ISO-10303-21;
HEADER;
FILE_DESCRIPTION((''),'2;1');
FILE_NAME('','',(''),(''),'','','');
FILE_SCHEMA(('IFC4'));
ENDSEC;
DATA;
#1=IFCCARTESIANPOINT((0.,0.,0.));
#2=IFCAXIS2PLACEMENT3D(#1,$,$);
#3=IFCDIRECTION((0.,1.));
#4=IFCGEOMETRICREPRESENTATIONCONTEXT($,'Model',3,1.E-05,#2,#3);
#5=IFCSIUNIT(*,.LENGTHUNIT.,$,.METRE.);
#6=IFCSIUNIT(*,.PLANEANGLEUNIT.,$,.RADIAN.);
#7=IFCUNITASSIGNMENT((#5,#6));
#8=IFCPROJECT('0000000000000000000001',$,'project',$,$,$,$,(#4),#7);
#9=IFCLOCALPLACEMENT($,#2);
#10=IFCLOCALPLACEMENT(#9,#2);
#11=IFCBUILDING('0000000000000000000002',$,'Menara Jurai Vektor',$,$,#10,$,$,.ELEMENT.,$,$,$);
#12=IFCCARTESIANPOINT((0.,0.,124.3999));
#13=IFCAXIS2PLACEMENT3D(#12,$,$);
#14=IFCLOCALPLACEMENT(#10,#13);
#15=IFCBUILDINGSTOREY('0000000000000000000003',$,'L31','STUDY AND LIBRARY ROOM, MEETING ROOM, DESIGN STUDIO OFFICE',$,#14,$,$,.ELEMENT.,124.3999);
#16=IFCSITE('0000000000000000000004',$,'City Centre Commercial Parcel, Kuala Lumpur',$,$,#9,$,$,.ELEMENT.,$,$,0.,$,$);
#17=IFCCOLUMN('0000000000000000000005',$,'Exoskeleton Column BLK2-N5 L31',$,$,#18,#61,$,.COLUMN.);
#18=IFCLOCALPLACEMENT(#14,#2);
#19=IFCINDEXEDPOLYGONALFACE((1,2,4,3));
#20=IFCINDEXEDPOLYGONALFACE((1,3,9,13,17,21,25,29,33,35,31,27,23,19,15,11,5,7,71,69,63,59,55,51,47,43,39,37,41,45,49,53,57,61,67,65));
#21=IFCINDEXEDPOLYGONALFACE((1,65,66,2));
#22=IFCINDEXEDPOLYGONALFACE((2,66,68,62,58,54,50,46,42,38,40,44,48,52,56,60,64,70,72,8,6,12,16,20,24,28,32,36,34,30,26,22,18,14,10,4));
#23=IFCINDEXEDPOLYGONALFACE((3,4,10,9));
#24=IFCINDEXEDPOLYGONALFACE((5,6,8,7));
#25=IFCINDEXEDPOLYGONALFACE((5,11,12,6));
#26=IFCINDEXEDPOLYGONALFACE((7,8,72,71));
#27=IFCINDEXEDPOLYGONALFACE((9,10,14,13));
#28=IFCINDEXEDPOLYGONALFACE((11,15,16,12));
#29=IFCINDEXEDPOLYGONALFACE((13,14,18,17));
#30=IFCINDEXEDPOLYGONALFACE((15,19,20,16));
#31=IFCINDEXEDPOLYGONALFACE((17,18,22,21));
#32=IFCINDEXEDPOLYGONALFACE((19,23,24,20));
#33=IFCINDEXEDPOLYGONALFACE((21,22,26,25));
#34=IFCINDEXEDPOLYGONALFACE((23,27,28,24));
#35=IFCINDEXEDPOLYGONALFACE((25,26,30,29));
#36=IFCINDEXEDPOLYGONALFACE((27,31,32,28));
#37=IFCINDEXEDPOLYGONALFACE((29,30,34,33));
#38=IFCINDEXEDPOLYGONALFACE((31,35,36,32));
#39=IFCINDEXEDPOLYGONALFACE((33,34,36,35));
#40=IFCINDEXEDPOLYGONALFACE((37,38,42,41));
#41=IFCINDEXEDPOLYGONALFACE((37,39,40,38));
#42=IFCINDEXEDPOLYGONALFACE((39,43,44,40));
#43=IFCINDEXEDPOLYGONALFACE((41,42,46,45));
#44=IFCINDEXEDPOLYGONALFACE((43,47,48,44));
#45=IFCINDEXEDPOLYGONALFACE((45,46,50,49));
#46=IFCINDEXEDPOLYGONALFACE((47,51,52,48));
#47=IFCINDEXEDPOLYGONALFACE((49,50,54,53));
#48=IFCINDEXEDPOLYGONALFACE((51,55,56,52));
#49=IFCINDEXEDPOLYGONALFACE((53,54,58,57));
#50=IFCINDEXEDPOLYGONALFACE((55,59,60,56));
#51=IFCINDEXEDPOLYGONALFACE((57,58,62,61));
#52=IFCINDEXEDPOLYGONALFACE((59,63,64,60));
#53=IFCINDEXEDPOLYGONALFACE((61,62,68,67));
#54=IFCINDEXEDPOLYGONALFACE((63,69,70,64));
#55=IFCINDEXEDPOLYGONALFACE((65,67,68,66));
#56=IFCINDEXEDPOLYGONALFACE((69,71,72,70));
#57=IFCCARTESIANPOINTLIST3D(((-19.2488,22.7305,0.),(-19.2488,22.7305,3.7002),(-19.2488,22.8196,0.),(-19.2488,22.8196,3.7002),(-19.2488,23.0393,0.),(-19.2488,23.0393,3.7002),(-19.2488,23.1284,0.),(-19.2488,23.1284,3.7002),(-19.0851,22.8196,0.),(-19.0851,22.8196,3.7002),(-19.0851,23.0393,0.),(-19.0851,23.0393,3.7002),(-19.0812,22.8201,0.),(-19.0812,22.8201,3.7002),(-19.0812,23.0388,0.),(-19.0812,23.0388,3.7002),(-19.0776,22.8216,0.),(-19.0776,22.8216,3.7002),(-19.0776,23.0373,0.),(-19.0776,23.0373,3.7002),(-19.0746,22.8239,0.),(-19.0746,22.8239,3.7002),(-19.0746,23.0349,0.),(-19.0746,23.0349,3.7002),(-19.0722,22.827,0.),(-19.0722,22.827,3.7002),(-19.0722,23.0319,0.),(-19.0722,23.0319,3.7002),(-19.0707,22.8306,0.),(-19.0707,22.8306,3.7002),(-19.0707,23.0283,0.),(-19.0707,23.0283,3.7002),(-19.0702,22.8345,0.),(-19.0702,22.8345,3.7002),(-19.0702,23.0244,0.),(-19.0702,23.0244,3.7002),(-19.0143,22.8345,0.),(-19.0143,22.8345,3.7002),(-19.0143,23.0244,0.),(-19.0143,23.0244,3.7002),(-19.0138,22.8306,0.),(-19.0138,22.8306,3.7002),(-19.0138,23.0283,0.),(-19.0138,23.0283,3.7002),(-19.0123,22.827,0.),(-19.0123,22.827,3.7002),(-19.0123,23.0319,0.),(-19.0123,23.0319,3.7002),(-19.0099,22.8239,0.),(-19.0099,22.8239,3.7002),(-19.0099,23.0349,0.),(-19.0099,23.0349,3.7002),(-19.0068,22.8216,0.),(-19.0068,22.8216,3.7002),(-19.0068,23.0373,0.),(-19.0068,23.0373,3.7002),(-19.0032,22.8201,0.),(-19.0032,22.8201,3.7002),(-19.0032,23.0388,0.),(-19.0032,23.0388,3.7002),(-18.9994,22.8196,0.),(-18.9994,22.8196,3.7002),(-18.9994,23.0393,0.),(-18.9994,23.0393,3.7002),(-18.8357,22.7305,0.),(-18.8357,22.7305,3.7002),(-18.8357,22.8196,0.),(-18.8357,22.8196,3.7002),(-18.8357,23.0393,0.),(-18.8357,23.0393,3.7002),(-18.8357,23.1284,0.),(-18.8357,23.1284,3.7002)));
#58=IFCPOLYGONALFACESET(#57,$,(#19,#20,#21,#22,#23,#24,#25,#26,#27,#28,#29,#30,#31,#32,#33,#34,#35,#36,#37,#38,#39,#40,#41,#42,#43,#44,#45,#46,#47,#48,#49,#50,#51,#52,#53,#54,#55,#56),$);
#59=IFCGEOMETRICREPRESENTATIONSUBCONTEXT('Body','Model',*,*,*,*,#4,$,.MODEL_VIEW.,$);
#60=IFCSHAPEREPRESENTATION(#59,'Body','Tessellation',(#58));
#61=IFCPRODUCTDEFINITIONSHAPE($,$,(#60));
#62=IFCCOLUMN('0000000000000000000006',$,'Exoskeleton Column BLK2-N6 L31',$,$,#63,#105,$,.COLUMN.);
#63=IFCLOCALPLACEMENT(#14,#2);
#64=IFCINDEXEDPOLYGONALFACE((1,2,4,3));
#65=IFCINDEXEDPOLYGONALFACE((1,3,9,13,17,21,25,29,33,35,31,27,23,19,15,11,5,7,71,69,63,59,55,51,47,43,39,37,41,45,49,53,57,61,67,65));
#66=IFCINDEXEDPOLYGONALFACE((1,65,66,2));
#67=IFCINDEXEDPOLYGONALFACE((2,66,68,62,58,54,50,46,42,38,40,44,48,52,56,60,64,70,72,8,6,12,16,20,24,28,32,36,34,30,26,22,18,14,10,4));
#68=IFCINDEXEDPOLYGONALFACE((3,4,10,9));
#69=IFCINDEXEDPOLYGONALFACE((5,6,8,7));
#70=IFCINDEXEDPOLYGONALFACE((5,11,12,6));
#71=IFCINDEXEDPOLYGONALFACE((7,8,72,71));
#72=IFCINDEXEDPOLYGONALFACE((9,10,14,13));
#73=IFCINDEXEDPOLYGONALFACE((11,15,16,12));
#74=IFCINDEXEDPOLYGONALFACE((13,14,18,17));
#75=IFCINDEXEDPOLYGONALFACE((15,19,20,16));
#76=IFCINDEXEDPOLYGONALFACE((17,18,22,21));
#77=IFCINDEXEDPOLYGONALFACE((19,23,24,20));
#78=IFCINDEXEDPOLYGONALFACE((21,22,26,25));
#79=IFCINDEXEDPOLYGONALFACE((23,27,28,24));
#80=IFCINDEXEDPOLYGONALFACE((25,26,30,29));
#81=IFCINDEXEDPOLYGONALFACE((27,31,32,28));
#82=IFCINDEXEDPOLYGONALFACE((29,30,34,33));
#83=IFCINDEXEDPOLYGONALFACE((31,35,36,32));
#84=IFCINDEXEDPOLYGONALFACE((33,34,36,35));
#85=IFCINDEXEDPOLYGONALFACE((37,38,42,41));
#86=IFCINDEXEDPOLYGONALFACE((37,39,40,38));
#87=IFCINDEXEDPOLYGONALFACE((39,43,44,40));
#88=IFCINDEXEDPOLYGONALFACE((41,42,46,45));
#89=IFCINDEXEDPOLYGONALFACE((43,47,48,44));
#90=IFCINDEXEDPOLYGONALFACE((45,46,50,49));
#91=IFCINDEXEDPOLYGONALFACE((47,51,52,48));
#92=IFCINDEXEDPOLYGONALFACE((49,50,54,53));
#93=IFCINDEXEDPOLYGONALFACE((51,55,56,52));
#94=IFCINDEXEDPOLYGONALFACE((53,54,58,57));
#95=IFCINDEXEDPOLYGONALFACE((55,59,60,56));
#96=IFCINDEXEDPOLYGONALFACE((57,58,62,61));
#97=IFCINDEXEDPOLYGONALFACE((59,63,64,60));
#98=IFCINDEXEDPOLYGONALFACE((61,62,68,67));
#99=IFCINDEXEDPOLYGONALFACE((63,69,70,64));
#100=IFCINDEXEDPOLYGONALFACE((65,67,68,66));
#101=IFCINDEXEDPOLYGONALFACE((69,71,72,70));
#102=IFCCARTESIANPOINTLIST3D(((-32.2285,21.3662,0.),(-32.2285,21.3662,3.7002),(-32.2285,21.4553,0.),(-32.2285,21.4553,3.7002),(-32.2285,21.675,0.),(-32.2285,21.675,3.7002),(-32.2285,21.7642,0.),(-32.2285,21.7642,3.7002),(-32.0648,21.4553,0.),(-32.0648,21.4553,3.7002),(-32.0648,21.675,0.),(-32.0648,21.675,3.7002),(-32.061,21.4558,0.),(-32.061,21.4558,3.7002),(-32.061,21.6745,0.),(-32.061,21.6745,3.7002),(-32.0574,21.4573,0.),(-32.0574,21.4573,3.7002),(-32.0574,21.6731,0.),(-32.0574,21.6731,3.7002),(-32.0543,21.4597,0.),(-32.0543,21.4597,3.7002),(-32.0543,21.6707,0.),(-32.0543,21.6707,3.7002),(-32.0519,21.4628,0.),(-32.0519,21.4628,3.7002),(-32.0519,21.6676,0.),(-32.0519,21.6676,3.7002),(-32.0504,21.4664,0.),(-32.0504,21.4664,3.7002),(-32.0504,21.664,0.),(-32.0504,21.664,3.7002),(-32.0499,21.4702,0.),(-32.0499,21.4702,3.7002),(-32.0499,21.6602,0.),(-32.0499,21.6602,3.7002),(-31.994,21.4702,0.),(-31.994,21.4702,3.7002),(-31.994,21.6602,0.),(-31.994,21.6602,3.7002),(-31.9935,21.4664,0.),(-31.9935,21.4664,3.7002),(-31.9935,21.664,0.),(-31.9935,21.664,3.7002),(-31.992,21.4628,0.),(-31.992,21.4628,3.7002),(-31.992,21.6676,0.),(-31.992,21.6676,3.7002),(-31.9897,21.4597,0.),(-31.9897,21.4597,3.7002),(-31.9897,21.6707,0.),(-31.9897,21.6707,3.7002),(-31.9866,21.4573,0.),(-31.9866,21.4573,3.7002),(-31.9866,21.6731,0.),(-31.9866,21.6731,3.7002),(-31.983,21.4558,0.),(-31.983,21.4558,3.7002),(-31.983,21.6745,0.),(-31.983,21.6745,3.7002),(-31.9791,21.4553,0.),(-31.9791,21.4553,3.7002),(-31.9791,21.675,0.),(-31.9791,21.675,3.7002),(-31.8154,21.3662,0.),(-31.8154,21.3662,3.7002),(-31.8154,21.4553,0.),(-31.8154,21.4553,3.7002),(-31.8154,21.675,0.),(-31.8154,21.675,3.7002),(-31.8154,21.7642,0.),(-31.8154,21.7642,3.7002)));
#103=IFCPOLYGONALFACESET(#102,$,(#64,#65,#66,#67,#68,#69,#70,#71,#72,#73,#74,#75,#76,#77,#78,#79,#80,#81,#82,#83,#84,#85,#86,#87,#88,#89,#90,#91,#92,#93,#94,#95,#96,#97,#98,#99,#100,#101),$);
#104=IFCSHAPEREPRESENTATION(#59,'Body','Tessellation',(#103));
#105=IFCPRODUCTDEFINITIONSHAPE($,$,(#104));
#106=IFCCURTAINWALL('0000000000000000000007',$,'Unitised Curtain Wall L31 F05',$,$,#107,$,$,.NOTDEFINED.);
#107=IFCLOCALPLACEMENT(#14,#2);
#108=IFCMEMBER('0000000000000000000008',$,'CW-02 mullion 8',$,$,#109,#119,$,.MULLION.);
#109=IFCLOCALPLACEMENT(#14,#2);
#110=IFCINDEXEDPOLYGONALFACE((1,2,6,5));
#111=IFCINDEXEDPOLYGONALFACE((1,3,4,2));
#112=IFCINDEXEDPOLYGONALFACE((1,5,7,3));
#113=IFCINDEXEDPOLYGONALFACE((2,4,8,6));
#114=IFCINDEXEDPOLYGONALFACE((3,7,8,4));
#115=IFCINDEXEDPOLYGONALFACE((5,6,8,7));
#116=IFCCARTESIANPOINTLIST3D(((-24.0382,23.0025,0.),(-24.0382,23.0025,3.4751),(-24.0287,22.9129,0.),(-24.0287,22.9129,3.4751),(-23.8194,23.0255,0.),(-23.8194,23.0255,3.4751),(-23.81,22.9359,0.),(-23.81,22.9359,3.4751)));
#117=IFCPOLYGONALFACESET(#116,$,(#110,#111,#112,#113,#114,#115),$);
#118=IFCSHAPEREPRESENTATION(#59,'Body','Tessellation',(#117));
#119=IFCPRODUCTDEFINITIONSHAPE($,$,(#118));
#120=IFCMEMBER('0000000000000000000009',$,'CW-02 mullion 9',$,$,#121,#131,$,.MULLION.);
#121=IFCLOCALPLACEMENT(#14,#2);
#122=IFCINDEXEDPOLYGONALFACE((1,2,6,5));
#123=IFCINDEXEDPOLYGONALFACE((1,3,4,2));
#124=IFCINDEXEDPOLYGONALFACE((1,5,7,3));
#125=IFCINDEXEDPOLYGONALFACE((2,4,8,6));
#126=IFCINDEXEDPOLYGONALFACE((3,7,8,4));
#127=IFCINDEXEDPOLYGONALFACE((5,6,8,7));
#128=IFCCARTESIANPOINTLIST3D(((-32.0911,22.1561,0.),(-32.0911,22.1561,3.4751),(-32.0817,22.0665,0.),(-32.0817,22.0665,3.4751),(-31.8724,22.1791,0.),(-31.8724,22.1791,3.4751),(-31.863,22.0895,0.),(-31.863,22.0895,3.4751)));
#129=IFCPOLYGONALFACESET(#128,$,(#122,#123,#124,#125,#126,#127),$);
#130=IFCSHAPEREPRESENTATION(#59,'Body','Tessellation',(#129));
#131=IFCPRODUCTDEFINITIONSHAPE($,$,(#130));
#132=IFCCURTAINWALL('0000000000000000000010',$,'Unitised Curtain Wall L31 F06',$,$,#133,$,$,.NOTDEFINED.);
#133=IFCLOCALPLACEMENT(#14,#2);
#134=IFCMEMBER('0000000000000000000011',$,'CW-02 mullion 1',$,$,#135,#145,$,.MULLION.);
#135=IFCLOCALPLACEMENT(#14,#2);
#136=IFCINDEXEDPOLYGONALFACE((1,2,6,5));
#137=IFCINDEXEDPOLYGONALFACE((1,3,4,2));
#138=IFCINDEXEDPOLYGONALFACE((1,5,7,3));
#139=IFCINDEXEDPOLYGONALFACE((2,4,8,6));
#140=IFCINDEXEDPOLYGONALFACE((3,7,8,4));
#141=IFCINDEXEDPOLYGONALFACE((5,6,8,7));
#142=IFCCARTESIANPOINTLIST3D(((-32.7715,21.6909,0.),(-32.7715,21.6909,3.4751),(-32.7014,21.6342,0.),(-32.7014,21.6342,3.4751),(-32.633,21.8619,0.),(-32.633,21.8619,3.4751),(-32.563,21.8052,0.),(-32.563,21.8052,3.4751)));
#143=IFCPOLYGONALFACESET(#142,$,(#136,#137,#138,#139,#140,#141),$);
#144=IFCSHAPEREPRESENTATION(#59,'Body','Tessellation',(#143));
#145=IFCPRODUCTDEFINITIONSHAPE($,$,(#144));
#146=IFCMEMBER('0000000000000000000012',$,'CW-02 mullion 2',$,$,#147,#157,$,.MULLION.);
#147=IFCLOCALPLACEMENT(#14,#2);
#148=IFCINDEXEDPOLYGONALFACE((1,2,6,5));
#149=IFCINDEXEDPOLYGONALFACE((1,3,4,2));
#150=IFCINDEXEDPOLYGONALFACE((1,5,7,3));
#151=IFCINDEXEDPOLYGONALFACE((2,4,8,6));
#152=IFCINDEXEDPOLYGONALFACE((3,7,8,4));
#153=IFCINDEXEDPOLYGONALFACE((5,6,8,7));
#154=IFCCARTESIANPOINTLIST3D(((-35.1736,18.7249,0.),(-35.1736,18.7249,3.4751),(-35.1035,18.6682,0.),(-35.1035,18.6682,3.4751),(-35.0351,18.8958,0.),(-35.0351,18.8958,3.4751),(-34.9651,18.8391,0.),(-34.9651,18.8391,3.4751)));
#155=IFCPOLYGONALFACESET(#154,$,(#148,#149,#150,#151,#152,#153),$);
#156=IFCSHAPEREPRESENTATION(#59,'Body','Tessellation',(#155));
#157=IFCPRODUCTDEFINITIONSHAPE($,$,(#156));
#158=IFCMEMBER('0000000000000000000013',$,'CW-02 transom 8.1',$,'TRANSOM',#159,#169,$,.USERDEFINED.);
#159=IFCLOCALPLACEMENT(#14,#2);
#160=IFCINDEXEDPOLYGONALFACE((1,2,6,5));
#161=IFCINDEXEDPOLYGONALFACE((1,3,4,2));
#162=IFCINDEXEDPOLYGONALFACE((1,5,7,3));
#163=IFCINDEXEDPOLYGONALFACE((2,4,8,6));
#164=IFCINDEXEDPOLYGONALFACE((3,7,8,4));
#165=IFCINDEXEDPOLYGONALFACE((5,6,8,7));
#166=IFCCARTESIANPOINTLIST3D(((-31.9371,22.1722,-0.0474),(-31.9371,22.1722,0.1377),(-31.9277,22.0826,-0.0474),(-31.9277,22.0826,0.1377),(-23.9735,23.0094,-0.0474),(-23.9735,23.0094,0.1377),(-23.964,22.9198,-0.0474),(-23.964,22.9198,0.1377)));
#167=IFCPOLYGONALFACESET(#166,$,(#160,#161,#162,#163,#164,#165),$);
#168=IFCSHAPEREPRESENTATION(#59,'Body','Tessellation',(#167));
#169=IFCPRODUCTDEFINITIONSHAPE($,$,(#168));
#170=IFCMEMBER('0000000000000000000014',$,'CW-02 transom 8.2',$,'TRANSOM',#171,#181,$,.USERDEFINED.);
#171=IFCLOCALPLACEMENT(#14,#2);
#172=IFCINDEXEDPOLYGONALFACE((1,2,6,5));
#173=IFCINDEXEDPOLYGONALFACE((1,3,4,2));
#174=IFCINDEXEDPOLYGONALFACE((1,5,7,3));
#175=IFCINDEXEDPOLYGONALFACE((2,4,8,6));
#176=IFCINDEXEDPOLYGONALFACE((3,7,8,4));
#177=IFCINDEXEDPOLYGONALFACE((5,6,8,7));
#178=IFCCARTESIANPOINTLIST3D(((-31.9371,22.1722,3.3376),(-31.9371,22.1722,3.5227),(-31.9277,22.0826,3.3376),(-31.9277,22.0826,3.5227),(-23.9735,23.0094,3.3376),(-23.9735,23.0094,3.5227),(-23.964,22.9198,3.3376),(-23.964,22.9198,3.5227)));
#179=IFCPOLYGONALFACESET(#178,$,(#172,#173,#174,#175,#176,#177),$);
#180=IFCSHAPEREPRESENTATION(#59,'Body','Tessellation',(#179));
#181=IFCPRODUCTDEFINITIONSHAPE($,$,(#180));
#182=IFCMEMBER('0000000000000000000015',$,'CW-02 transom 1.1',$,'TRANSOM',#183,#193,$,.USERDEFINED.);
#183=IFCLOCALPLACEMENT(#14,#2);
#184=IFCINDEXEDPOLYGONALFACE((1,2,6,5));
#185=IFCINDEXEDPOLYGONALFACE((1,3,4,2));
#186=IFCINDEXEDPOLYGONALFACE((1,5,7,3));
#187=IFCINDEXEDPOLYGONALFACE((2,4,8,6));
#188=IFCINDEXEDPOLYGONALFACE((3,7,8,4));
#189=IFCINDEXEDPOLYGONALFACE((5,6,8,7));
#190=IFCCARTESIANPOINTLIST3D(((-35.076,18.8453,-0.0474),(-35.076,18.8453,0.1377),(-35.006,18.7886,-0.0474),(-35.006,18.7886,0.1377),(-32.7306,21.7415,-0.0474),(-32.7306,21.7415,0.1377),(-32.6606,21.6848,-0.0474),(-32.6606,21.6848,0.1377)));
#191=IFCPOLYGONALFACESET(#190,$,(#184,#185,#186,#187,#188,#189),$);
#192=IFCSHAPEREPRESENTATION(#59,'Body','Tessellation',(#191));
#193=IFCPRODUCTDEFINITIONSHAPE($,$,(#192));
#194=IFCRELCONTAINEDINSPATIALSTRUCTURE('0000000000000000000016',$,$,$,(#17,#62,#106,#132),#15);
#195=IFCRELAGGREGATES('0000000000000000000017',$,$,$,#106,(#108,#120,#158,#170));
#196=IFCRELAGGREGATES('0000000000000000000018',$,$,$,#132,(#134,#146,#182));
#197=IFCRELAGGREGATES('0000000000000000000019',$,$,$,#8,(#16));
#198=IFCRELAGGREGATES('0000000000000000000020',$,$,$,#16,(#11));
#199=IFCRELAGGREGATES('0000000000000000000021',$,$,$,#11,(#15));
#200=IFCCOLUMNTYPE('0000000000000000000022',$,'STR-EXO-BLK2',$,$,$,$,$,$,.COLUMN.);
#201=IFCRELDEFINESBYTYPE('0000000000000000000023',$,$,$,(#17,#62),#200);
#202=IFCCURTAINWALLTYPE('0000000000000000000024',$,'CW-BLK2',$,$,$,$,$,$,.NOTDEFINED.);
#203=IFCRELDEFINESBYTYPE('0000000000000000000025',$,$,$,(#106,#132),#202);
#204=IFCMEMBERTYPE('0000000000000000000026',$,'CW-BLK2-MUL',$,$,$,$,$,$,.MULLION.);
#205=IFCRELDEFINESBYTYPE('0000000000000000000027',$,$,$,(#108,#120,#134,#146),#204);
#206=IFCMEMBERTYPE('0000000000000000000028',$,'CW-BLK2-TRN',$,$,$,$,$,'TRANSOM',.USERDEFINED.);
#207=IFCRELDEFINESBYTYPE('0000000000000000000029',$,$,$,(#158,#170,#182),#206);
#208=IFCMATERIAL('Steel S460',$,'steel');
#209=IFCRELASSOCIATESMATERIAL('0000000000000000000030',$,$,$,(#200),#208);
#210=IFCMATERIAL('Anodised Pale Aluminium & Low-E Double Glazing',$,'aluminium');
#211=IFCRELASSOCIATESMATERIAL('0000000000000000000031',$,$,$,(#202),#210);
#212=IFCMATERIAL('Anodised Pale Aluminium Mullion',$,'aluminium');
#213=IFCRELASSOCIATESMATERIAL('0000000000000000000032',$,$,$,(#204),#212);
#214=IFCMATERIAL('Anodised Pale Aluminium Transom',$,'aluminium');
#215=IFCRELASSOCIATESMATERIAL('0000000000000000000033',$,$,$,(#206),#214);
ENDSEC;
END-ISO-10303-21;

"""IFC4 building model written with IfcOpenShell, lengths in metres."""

from ifc_helpers import new_model, si_unit, direction, frame, origin, origin_2d, place, context, subcontext, project, spatial, rectangle, i_section, extrude, material, material_profile, profile_set, type_object, element, aggregate, save


model = new_model("IFC4")

# Units and contexts
model_context = context("Model", 3, precision=1e-05, world=origin(), true_north=direction((0.0, 1.0)))
body_context = subcontext(model_context, "Body", "Model", "MODEL_VIEW")
ifc_project = project(units=[si_unit("LENGTHUNIT", "METRE"), si_unit("PLANEANGLEUNIT", "RADIAN")], contexts=[model_context])

# Site, building, storey
site_placement = place(None, origin())
site = spatial("IfcSite", under=ifc_project, at=site_placement, Name="City Centre Commercial Parcel, Kuala Lumpur", CompositionType="ELEMENT", RefElevation=0.0)
building_placement = place(site_placement, origin())
building = spatial("IfcBuilding", under=site, at=building_placement, Name="Menara Jurai Vektor", CompositionType="ELEMENT")
storey_placement = place(building_placement, frame((0.0, 0.0, 124.3999)))
storey = spatial("IfcBuildingStorey", under=building, at=storey_placement, Name="L31", Description="STUDY AND LIBRARY ROOM, MEETING ROOM, DESIGN STUDIO OFFICE", CompositionType="ELEMENT", Elevation=124.3999)

# Columns
ifc_material_1 = material(Name="Steel S460", Category="steel")
ifc_material_profile_1 = material_profile(ifc_material_1, i_section(OverallWidth=0.4131, OverallDepth=0.3979, WebThickness=0.0559, FlangeThickness=0.0891, FilletRadius=0.0149, at=origin_2d()), Name="HD 400x744")
ifc_profile_set_1 = profile_set([ifc_material_profile_1], Name="Steel S460")
column_type = type_object("IfcColumnType", Name="STR-EXO-BLK2", PredefinedType="COLUMN", material=ifc_profile_set_1)
for number, where, z_axis, x_axis, name in (
    (1, (-19.0422, 22.9294, 0.0), (0.0, 0.0, 1.0), (1.0, 0.0, 0.0), "Exoskeleton Column BLK2-N5 L31"),
    (2, (-32.022, 21.5652, 0.0), (0.0, 0.0, 1.0), (1.0, 0.0, 0.0), "Exoskeleton Column BLK2-N6 L31"),
):
    element("IfcColumn", number, at=place(storey_placement, frame(where, z_axis=z_axis, x_axis=x_axis)), inside=storey, type_object=column_type, Name=name, PredefinedType="COLUMN", context=body_context, shape_type="SweptSolid", body=[
        extrude(i_section(OverallWidth=0.4131, OverallDepth=0.3979, WebThickness=0.0559, FlangeThickness=0.0891, FilletRadius=0.0149, at=origin_2d()), origin(), (0.0, 0.0, 1.0), 3.7002),
    ])

# Curtain walls, members
ifc_material_2 = material(Name="Anodised Pale Aluminium & Low-E Double Glazing", Category="aluminium")
curtain_wall_type = type_object("IfcCurtainWallType", Name="CW-BLK2", PredefinedType="NOTDEFINED", material=ifc_material_2)
curtain_wall_1_placement = place(storey_placement, origin())
curtain_wall_1 = element("IfcCurtainWall", 3, at=curtain_wall_1_placement, inside=storey, type_object=curtain_wall_type, Name="Unitised Curtain Wall L31 F05", PredefinedType="NOTDEFINED")
ifc_material_3 = material(Name="Anodised Pale Aluminium Mullion", Category="aluminium")
ifc_material_profile_2 = material_profile(ifc_material_3, rectangle(XDim=0.0901, YDim=0.22, at=origin_2d()), Name="ALU MUL 90x220")
ifc_profile_set_2 = profile_set([ifc_material_profile_2], Name="Anodised Pale Aluminium Mullion")
member_type_1 = type_object("IfcMemberType", Name="CW-BLK2-MUL", PredefinedType="MULLION", material=ifc_profile_set_2)
member_1_placement = place(storey_placement, frame((-23.9241, 22.9692, 0.0), z_axis=(0.0, 0.0, 1.0), x_axis=(0.104529, -0.994522, 0.0)))
member_1 = element("IfcMember", 4, at=member_1_placement, type_object=member_type_1, Name="CW-02 mullion 8", PredefinedType="MULLION", context=body_context, shape_type="SweptSolid", body=[
    extrude(rectangle(XDim=0.0901, YDim=0.22, at=origin_2d()), origin(), (0.0, 0.0, 1.0), 3.4751),
])
member_2_placement = place(storey_placement, frame((-31.9771, 22.1228, 0.0), z_axis=(0.0, 0.0, 1.0), x_axis=(0.104529, -0.994522, 0.0)))
member_2 = element("IfcMember", 5, at=member_2_placement, type_object=member_type_1, Name="CW-02 mullion 9", PredefinedType="MULLION", context=body_context, shape_type="SweptSolid", body=[
    extrude(rectangle(XDim=0.0901, YDim=0.22, at=origin_2d()), origin(), (0.0, 0.0, 1.0), 3.4751),
])
curtain_wall_2_placement = place(storey_placement, origin())
curtain_wall_2 = element("IfcCurtainWall", 6, at=curtain_wall_2_placement, inside=storey, type_object=curtain_wall_type, Name="Unitised Curtain Wall L31 F06", PredefinedType="NOTDEFINED")
member_3_placement = place(storey_placement, frame((-32.6672, 21.748, 0.0), z_axis=(0.0, 0.0, 1.0), x_axis=(0.777129, -0.629341, 0.0)))
member_3 = element("IfcMember", 7, at=member_3_placement, type_object=member_type_1, Name="CW-02 mullion 1", PredefinedType="MULLION", context=body_context, shape_type="SweptSolid", body=[
    extrude(rectangle(XDim=0.0901, YDim=0.22, at=origin_2d()), origin(), (0.0, 0.0, 1.0), 3.4751),
])
member_4_placement = place(storey_placement, frame((-35.0693, 18.782, 0.0), z_axis=(0.0, 0.0, 1.0), x_axis=(0.777129, -0.629341, 0.0)))
member_4 = element("IfcMember", 8, at=member_4_placement, type_object=member_type_1, Name="CW-02 mullion 2", PredefinedType="MULLION", context=body_context, shape_type="SweptSolid", body=[
    extrude(rectangle(XDim=0.0901, YDim=0.22, at=origin_2d()), origin(), (0.0, 0.0, 1.0), 3.4751),
])

# Members
ifc_material_4 = material(Name="Anodised Pale Aluminium Transom", Category="aluminium")
ifc_material_profile_3 = material_profile(ifc_material_4, rectangle(XDim=0.0901, YDim=0.1851, at=origin_2d()), Name="ALU TRN 90x185")
ifc_profile_set_3 = profile_set([ifc_material_profile_3], Name="Anodised Pale Aluminium Transom")
member_type_2 = type_object("IfcMemberType", Name="CW-BLK2-TRN", ElementType="TRANSOM", PredefinedType="USERDEFINED", material=ifc_profile_set_3)
member_5_placement = place(storey_placement, frame((-23.9688, 22.9646, 0.0452), z_axis=(-0.99452, -0.104547, 0.0), x_axis=(0.104547, -0.99452, 0.0)))
member_5 = element("IfcMember", 9, at=member_5_placement, type_object=member_type_2, Name="CW-02 transom 8.1", ObjectType="TRANSOM", PredefinedType="USERDEFINED", context=body_context, shape_type="SweptSolid", body=[
    extrude(rectangle(XDim=0.0901, YDim=0.1851, at=origin_2d()), origin(), (0.0, 0.0, 1.0), 8.0076),
])
member_6_placement = place(storey_placement, frame((-23.9688, 22.9646, 3.4302), z_axis=(-0.99452, -0.104547, 0.0), x_axis=(0.104547, -0.99452, 0.0)))
member_6 = element("IfcMember", 10, at=member_6_placement, type_object=member_type_2, Name="CW-02 transom 8.2", ObjectType="TRANSOM", PredefinedType="USERDEFINED", context=body_context, shape_type="SweptSolid", body=[
    extrude(rectangle(XDim=0.0901, YDim=0.1851, at=origin_2d()), origin(), (0.0, 0.0, 1.0), 8.0076),
])
member_7_placement = place(storey_placement, frame((-32.6956, 21.7131, 0.0452), z_axis=(-0.629341, -0.777129, 0.0), x_axis=(0.777129, -0.629341, 0.0)))
member_7 = element("IfcMember", 11, at=member_7_placement, type_object=member_type_2, Name="CW-02 transom 1.1", ObjectType="TRANSOM", PredefinedType="USERDEFINED", context=body_context, shape_type="SweptSolid", body=[
    extrude(rectangle(XDim=0.0901, YDim=0.1851, at=origin_2d()), origin(), (0.0, 0.0, 1.0), 3.7268),
])

aggregate(curtain_wall_1, [member_1, member_2, member_5, member_6])
aggregate(curtain_wall_2, [member_3, member_4, member_7])

save(model, "model.ifc")
